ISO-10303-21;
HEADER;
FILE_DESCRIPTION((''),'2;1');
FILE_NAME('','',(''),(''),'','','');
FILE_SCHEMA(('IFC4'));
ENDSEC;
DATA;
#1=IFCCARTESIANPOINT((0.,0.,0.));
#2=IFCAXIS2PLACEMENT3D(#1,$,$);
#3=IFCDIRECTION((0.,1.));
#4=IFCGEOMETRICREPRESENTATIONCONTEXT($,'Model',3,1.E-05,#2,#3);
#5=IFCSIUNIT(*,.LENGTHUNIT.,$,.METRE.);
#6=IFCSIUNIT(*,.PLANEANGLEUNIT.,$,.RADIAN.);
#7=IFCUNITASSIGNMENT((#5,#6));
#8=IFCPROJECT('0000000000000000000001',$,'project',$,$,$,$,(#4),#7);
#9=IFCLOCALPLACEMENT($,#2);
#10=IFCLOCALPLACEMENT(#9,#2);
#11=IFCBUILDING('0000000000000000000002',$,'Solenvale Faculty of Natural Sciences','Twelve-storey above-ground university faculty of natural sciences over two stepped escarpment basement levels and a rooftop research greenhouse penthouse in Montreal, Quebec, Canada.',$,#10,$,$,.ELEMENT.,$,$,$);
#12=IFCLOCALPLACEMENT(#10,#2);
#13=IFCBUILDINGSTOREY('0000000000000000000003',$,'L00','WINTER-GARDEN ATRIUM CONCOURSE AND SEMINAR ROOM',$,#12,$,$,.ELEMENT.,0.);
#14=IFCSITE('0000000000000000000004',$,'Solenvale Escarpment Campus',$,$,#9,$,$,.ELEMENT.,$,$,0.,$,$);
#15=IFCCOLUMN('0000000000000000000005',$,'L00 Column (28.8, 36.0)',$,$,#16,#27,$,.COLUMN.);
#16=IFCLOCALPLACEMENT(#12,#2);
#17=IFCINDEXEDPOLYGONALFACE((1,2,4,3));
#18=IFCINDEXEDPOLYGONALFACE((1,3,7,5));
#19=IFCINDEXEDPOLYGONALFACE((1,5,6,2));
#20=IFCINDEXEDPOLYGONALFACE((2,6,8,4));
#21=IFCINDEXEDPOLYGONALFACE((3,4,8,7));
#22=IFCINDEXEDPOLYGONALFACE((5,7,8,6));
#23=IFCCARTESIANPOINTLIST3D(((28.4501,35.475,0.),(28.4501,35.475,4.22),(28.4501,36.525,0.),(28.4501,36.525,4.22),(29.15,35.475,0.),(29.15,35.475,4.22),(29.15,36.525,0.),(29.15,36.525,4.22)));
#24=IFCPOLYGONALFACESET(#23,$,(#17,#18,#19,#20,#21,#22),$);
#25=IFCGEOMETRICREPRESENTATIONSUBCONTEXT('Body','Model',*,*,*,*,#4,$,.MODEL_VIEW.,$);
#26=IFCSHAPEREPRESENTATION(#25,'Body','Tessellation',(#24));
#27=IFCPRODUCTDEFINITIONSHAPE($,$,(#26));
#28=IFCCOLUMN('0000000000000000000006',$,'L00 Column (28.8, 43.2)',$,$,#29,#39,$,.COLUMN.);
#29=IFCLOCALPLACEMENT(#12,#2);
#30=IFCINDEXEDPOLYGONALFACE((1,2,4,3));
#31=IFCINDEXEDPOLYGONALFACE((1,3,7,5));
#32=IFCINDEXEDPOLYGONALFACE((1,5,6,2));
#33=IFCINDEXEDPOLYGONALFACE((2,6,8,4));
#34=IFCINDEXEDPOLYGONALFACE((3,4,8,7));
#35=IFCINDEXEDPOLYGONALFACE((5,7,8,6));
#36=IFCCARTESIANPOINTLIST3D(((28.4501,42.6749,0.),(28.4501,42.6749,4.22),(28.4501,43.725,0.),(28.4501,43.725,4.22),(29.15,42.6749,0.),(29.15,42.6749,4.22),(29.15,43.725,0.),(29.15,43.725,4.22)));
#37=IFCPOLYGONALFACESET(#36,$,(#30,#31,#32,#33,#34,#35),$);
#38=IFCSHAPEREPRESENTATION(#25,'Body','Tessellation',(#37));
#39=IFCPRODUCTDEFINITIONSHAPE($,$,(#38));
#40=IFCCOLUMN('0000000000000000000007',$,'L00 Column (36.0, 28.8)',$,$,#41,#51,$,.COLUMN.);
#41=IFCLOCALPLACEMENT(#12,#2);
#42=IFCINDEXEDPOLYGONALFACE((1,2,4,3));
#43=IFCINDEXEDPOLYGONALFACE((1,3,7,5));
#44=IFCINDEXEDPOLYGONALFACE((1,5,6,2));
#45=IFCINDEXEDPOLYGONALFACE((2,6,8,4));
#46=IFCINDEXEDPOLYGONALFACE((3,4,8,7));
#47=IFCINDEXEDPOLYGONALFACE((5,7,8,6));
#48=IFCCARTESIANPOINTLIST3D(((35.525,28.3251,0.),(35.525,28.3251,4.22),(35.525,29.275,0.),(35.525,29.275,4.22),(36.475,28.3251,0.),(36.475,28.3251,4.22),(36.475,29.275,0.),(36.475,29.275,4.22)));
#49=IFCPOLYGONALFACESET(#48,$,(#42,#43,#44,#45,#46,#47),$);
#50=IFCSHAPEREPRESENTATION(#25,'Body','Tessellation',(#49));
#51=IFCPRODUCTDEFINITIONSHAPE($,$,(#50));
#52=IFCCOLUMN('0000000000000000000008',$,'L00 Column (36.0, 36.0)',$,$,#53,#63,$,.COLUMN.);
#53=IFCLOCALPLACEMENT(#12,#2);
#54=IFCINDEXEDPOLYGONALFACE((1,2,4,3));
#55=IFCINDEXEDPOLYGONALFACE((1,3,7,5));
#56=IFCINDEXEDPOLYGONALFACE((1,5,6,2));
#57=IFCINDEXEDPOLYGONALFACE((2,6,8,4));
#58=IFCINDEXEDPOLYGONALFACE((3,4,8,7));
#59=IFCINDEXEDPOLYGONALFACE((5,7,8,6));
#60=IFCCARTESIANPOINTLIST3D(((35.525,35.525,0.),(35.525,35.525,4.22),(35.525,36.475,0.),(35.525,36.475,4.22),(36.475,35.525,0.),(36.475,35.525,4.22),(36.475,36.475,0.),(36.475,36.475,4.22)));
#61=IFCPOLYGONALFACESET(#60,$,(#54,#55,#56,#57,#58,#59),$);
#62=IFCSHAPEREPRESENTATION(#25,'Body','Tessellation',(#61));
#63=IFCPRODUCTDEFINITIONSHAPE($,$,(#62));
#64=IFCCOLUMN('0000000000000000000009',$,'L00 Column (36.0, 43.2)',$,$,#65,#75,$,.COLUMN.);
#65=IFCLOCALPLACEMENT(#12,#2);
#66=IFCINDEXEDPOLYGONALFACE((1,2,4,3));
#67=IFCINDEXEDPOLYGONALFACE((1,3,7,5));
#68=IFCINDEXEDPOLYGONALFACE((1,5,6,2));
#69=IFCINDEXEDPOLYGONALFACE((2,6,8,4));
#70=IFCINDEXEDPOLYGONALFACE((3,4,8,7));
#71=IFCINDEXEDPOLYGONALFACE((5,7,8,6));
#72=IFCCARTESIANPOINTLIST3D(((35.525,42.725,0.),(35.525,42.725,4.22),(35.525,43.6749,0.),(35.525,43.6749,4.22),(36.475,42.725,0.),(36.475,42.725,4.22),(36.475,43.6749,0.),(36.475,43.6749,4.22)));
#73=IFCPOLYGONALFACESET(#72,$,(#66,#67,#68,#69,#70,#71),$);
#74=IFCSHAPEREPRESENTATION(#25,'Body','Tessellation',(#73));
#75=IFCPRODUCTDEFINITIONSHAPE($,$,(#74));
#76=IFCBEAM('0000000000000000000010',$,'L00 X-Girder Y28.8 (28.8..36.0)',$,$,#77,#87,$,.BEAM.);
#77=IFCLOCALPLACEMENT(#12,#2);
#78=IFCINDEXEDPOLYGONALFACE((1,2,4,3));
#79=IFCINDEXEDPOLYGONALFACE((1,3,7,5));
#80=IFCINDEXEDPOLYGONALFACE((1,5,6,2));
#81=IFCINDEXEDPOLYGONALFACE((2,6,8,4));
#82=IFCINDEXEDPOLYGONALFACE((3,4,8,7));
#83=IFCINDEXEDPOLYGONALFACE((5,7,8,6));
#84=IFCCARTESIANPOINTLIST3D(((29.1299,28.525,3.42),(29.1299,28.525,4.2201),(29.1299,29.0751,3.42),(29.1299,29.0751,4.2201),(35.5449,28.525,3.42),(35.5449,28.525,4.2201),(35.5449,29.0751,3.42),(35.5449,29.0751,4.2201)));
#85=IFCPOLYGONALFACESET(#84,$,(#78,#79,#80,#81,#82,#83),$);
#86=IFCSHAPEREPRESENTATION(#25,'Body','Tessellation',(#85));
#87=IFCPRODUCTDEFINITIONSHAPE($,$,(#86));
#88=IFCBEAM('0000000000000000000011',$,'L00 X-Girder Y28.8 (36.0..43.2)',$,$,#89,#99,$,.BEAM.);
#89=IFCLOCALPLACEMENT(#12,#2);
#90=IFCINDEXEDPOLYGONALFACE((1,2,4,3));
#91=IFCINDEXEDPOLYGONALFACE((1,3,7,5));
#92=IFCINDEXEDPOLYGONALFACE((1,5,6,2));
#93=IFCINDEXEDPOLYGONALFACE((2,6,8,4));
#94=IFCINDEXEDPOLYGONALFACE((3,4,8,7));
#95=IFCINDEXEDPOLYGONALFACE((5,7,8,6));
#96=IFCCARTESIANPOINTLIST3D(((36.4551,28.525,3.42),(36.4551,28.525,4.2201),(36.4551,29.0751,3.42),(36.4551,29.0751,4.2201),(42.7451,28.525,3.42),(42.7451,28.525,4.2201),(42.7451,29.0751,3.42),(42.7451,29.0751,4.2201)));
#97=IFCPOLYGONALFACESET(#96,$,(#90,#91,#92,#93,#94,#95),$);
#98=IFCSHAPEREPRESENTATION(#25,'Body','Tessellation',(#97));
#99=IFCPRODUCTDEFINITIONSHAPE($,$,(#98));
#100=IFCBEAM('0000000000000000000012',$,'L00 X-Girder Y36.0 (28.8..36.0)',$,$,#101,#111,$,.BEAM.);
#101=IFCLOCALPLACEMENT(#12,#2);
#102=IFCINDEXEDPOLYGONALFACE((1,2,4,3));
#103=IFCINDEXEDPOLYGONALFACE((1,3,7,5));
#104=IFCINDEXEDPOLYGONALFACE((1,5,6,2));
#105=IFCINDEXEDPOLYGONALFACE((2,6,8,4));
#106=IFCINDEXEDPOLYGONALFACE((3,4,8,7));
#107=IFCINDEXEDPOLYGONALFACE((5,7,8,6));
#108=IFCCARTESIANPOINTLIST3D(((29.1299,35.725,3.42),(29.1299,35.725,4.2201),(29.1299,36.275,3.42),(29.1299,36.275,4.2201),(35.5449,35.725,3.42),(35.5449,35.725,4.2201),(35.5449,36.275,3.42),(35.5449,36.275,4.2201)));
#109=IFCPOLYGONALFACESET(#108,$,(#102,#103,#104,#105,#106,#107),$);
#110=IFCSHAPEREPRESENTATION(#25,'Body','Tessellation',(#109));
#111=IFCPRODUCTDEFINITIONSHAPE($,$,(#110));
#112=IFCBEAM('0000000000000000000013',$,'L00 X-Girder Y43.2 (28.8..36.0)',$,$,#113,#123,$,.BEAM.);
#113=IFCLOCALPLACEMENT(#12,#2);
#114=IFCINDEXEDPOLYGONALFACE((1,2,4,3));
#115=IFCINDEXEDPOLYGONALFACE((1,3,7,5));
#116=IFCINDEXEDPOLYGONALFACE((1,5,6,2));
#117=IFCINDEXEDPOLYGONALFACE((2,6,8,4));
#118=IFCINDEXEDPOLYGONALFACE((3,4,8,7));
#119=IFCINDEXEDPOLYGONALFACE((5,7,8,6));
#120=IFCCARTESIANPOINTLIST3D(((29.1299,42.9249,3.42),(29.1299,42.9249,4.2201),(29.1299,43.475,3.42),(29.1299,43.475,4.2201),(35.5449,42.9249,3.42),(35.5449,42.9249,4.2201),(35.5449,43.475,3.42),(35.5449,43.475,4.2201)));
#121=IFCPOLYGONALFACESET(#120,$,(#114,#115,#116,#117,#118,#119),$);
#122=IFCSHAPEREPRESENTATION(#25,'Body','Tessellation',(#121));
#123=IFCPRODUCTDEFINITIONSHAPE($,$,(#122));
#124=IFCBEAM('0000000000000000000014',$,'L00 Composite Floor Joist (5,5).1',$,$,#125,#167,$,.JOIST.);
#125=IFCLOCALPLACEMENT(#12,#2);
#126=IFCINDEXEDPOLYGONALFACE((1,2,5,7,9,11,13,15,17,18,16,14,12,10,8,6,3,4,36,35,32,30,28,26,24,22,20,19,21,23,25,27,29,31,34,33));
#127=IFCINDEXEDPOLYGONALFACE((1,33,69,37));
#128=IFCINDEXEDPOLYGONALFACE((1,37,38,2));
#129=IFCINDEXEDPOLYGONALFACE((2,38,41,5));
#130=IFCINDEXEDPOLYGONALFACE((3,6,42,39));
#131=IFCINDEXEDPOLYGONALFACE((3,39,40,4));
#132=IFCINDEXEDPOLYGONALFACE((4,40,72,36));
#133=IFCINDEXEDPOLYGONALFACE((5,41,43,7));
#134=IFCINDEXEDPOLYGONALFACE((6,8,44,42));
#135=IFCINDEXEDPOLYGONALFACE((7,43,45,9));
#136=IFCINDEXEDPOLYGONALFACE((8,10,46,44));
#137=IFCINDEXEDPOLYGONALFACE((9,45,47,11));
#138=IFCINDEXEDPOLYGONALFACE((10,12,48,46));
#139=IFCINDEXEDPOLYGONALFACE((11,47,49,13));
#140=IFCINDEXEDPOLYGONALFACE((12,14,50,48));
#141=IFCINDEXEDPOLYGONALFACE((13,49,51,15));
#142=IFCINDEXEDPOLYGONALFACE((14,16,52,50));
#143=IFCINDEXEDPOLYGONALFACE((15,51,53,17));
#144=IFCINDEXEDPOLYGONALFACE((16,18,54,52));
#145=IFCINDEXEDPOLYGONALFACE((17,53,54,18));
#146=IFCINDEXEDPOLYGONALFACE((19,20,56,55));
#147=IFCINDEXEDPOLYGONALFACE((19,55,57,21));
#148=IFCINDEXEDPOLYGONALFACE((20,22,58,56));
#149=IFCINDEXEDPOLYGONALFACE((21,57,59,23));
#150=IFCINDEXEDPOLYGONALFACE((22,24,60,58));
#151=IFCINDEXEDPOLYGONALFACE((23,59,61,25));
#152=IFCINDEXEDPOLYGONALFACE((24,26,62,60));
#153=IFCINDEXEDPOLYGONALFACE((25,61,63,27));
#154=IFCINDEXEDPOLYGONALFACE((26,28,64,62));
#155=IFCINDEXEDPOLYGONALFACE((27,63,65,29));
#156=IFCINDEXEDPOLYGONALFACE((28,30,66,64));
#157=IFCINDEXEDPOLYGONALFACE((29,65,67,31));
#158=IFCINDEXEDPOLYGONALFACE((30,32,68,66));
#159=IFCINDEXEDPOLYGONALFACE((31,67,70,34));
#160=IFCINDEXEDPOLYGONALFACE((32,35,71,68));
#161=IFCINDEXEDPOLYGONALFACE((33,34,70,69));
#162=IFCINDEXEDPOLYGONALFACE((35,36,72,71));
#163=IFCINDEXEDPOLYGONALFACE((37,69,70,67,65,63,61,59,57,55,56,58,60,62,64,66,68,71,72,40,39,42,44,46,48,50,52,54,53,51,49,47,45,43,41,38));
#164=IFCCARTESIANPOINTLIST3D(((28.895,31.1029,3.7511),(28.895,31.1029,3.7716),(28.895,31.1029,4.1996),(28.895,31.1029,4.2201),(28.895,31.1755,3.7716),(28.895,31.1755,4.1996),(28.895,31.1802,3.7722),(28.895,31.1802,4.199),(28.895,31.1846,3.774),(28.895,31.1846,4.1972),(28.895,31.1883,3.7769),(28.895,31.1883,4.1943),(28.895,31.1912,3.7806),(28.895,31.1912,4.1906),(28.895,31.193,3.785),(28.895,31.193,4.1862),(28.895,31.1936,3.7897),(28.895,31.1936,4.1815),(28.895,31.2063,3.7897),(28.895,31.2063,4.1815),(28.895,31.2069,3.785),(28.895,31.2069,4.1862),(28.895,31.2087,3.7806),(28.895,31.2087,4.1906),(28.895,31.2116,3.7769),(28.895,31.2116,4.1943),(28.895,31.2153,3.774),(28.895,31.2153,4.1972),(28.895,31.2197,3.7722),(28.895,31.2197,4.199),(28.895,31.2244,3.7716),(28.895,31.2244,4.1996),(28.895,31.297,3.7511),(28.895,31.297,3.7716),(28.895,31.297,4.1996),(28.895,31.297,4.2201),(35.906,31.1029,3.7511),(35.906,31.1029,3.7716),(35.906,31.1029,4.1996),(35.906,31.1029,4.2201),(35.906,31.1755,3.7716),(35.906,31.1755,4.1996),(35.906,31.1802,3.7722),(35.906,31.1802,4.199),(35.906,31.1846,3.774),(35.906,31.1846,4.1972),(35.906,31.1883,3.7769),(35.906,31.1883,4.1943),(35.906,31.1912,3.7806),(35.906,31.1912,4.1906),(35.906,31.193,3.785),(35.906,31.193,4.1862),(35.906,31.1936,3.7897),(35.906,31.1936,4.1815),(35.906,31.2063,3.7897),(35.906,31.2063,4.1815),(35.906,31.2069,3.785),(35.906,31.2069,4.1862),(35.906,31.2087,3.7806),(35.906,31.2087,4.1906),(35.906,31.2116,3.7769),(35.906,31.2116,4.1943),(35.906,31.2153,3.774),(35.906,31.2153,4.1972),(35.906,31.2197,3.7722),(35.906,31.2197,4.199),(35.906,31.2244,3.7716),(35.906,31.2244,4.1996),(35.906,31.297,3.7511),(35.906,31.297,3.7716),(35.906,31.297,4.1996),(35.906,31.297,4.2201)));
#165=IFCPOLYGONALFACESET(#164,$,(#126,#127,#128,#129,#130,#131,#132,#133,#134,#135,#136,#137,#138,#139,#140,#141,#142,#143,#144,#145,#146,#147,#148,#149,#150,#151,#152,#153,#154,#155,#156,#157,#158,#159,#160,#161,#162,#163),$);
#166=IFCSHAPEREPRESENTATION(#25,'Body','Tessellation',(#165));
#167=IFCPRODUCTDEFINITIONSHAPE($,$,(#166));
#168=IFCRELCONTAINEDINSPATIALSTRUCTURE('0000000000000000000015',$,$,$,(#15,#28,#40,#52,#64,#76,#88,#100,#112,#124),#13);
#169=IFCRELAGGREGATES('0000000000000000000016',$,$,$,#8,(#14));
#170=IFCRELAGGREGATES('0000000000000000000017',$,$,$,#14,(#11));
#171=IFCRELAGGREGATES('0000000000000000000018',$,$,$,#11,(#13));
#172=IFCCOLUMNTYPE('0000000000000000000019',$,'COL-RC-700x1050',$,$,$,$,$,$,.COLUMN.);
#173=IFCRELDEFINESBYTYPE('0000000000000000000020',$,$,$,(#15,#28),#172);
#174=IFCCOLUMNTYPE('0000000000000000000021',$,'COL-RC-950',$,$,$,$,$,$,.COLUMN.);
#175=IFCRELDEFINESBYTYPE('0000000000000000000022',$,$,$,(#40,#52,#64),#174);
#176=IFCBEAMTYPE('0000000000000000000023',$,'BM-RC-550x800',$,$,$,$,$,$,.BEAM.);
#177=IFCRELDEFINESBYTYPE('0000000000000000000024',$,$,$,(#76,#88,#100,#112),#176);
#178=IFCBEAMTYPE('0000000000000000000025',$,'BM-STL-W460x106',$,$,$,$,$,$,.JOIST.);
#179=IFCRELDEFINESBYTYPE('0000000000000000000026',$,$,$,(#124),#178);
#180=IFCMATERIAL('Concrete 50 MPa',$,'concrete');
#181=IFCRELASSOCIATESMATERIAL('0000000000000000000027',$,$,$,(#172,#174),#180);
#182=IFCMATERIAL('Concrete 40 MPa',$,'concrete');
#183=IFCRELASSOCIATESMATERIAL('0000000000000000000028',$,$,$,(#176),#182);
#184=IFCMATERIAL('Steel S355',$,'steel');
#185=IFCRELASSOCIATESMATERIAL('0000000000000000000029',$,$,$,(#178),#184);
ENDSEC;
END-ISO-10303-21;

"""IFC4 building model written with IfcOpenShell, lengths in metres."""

from ifc_helpers import new_model, si_unit, direction, frame, origin, origin_2d, place, context, subcontext, project, spatial, rectangle, i_section, extrude, material, material_profile, profile_set, type_object, element, save


model = new_model("IFC4")

# Units and contexts
model_context = context("Model", 3, precision=1e-05, world=origin(), true_north=direction((0.0, 1.0)))
body_context = subcontext(model_context, "Body", "Model", "MODEL_VIEW")
ifc_project = project(units=[si_unit("LENGTHUNIT", "METRE"), si_unit("PLANEANGLEUNIT", "RADIAN")], contexts=[model_context])

# Site, building, storey
site_placement = place(None, origin())
site = spatial("IfcSite", under=ifc_project, at=site_placement, Name="Solenvale Escarpment Campus", CompositionType="ELEMENT", RefElevation=0.0)
building_placement = place(site_placement, origin())
building = spatial("IfcBuilding", under=site, at=building_placement, Name="Solenvale Faculty of Natural Sciences", Description="Twelve-storey above-ground university faculty of natural sciences over two stepped escarpment basement levels and a rooftop research greenhouse penthouse in Montreal, Quebec, Canada.", CompositionType="ELEMENT")
storey_placement = place(building_placement, origin())
storey = spatial("IfcBuildingStorey", under=building, at=storey_placement, Name="L00", Description="WINTER-GARDEN ATRIUM CONCOURSE AND SEMINAR ROOM", CompositionType="ELEMENT", Elevation=0.0)

# Columns
ifc_material_1 = material(Name="Concrete 50 MPa", Category="concrete")
ifc_material_profile_1 = material_profile(ifc_material_1, rectangle(XDim=0.7, YDim=1.05, at=origin_2d()), Name="RC-COL-700x1050")
ifc_profile_set_1 = profile_set([ifc_material_profile_1], Name="Concrete 50 MPa")
column_type_1 = type_object("IfcColumnType", Name="COL-RC-700x1050", PredefinedType="COLUMN", material=ifc_profile_set_1)
for number, where, z_axis, x_axis, name in (
    (1, (28.8, 36.0, 0.0), (0.0, 0.0, 1.0), (1.0, 0.0, 0.0), "L00 Column (28.8, 36.0)"),
    (2, (28.8, 43.2, 0.0), (0.0, 0.0, 1.0), (1.0, 0.0, 0.0), "L00 Column (28.8, 43.2)"),
):
    element("IfcColumn", number, at=place(storey_placement, frame(where, z_axis=z_axis, x_axis=x_axis)), inside=storey, type_object=column_type_1, Name=name, PredefinedType="COLUMN", context=body_context, shape_type="SweptSolid", body=[
        extrude(rectangle(XDim=0.7, YDim=1.05, at=origin_2d()), origin(), (0.0, 0.0, 1.0), 4.22),
    ])
ifc_material_profile_2 = material_profile(ifc_material_1, rectangle(XDim=0.95, YDim=0.95, at=origin_2d()), Name="RC-COL-950x950")
ifc_profile_set_2 = profile_set([ifc_material_profile_2], Name="Concrete 50 MPa")
column_type_2 = type_object("IfcColumnType", Name="COL-RC-950", PredefinedType="COLUMN", material=ifc_profile_set_2)
for number, where, z_axis, x_axis, name in (
    (3, (36.0, 28.8, 0.0), (0.0, 0.0, 1.0), (1.0, 0.0, 0.0), "L00 Column (36.0, 28.8)"),
    (4, (36.0, 36.0, 0.0), (0.0, 0.0, 1.0), (1.0, 0.0, 0.0), "L00 Column (36.0, 36.0)"),
    (5, (36.0, 43.2, 0.0), (0.0, 0.0, 1.0), (1.0, 0.0, 0.0), "L00 Column (36.0, 43.2)"),
):
    element("IfcColumn", number, at=place(storey_placement, frame(where, z_axis=z_axis, x_axis=x_axis)), inside=storey, type_object=column_type_2, Name=name, PredefinedType="COLUMN", context=body_context, shape_type="SweptSolid", body=[
        extrude(rectangle(XDim=0.95, YDim=0.95, at=origin_2d()), origin(), (0.0, 0.0, 1.0), 4.22),
    ])

# Beams
ifc_material_2 = material(Name="Concrete 40 MPa", Category="concrete")
ifc_material_profile_3 = material_profile(ifc_material_2, rectangle(XDim=0.55, YDim=0.8, at=origin_2d()), Name="RC-BM-550x800")
ifc_profile_set_3 = profile_set([ifc_material_profile_3], Name="Concrete 40 MPa")
beam_type_1 = type_object("IfcBeamType", Name="BM-RC-550x800", PredefinedType="BEAM", material=ifc_profile_set_3)
beam_1_placement = place(storey_placement, frame((29.1299, 28.8, 3.8201), z_axis=(1.0, 0.0, 0.0), x_axis=(0.0, 1.0, 0.0)))
element("IfcBeam", 6, at=beam_1_placement, inside=storey, type_object=beam_type_1, Name="L00 X-Girder Y28.8 (28.8..36.0)", PredefinedType="BEAM", context=body_context, shape_type="SweptSolid", body=[
    extrude(rectangle(XDim=0.55, YDim=0.8, at=origin_2d()), origin(), (0.0, 0.0, 1.0), 6.415),
])
beam_2_placement = place(storey_placement, frame((36.4551, 28.8, 3.8201), z_axis=(1.0, 0.0, 0.0), x_axis=(0.0, 1.0, 0.0)))
element("IfcBeam", 7, at=beam_2_placement, inside=storey, type_object=beam_type_1, Name="L00 X-Girder Y28.8 (36.0..43.2)", PredefinedType="BEAM", context=body_context, shape_type="SweptSolid", body=[
    extrude(rectangle(XDim=0.55, YDim=0.8, at=origin_2d()), origin(), (0.0, 0.0, 1.0), 6.29),
])
for number, where, z_axis, x_axis, name in (
    (8, (29.1299, 36.0, 3.8201), (1.0, 0.0, 0.0), (0.0, 1.0, 0.0), "L00 X-Girder Y36.0 (28.8..36.0)"),
    (9, (29.1299, 43.2, 3.8201), (1.0, 0.0, 0.0), (0.0, 1.0, 0.0), "L00 X-Girder Y43.2 (28.8..36.0)"),
):
    element("IfcBeam", number, at=place(storey_placement, frame(where, z_axis=z_axis, x_axis=x_axis)), inside=storey, type_object=beam_type_1, Name=name, PredefinedType="BEAM", context=body_context, shape_type="SweptSolid", body=[
        extrude(rectangle(XDim=0.55, YDim=0.8, at=origin_2d()), origin(), (0.0, 0.0, 1.0), 6.415),
    ])
ifc_material_3 = material(Name="Steel S355", Category="steel")
ifc_material_profile_4 = material_profile(ifc_material_3, i_section(OverallWidth=0.1941, OverallDepth=0.469, WebThickness=0.0127, FlangeThickness=0.0205, FilletRadius=0.0181, at=origin_2d()), Name="W460x106")
ifc_profile_set_4 = profile_set([ifc_material_profile_4], Name="Steel S355")
beam_type_2 = type_object("IfcBeamType", Name="BM-STL-W460x106", PredefinedType="JOIST", material=ifc_profile_set_4)
for number, where, z_axis, x_axis, name in (
    (10, (28.895, 31.2, 3.9856), (1.0, 0.0, 0.0), (0.0, 1.0, 0.0), "L00 Composite Floor Joist (5,5).1"),
):
    element("IfcBeam", number, at=place(storey_placement, frame(where, z_axis=z_axis, x_axis=x_axis)), inside=storey, type_object=beam_type_2, Name=name, PredefinedType="JOIST", context=body_context, shape_type="SweptSolid", body=[
        extrude(i_section(OverallWidth=0.1941, OverallDepth=0.469, WebThickness=0.0127, FlangeThickness=0.0205, FilletRadius=0.0181, at=origin_2d()), origin(), (0.0, 0.0, 1.0), 7.011),
    ])

save(model, "model.ifc")
